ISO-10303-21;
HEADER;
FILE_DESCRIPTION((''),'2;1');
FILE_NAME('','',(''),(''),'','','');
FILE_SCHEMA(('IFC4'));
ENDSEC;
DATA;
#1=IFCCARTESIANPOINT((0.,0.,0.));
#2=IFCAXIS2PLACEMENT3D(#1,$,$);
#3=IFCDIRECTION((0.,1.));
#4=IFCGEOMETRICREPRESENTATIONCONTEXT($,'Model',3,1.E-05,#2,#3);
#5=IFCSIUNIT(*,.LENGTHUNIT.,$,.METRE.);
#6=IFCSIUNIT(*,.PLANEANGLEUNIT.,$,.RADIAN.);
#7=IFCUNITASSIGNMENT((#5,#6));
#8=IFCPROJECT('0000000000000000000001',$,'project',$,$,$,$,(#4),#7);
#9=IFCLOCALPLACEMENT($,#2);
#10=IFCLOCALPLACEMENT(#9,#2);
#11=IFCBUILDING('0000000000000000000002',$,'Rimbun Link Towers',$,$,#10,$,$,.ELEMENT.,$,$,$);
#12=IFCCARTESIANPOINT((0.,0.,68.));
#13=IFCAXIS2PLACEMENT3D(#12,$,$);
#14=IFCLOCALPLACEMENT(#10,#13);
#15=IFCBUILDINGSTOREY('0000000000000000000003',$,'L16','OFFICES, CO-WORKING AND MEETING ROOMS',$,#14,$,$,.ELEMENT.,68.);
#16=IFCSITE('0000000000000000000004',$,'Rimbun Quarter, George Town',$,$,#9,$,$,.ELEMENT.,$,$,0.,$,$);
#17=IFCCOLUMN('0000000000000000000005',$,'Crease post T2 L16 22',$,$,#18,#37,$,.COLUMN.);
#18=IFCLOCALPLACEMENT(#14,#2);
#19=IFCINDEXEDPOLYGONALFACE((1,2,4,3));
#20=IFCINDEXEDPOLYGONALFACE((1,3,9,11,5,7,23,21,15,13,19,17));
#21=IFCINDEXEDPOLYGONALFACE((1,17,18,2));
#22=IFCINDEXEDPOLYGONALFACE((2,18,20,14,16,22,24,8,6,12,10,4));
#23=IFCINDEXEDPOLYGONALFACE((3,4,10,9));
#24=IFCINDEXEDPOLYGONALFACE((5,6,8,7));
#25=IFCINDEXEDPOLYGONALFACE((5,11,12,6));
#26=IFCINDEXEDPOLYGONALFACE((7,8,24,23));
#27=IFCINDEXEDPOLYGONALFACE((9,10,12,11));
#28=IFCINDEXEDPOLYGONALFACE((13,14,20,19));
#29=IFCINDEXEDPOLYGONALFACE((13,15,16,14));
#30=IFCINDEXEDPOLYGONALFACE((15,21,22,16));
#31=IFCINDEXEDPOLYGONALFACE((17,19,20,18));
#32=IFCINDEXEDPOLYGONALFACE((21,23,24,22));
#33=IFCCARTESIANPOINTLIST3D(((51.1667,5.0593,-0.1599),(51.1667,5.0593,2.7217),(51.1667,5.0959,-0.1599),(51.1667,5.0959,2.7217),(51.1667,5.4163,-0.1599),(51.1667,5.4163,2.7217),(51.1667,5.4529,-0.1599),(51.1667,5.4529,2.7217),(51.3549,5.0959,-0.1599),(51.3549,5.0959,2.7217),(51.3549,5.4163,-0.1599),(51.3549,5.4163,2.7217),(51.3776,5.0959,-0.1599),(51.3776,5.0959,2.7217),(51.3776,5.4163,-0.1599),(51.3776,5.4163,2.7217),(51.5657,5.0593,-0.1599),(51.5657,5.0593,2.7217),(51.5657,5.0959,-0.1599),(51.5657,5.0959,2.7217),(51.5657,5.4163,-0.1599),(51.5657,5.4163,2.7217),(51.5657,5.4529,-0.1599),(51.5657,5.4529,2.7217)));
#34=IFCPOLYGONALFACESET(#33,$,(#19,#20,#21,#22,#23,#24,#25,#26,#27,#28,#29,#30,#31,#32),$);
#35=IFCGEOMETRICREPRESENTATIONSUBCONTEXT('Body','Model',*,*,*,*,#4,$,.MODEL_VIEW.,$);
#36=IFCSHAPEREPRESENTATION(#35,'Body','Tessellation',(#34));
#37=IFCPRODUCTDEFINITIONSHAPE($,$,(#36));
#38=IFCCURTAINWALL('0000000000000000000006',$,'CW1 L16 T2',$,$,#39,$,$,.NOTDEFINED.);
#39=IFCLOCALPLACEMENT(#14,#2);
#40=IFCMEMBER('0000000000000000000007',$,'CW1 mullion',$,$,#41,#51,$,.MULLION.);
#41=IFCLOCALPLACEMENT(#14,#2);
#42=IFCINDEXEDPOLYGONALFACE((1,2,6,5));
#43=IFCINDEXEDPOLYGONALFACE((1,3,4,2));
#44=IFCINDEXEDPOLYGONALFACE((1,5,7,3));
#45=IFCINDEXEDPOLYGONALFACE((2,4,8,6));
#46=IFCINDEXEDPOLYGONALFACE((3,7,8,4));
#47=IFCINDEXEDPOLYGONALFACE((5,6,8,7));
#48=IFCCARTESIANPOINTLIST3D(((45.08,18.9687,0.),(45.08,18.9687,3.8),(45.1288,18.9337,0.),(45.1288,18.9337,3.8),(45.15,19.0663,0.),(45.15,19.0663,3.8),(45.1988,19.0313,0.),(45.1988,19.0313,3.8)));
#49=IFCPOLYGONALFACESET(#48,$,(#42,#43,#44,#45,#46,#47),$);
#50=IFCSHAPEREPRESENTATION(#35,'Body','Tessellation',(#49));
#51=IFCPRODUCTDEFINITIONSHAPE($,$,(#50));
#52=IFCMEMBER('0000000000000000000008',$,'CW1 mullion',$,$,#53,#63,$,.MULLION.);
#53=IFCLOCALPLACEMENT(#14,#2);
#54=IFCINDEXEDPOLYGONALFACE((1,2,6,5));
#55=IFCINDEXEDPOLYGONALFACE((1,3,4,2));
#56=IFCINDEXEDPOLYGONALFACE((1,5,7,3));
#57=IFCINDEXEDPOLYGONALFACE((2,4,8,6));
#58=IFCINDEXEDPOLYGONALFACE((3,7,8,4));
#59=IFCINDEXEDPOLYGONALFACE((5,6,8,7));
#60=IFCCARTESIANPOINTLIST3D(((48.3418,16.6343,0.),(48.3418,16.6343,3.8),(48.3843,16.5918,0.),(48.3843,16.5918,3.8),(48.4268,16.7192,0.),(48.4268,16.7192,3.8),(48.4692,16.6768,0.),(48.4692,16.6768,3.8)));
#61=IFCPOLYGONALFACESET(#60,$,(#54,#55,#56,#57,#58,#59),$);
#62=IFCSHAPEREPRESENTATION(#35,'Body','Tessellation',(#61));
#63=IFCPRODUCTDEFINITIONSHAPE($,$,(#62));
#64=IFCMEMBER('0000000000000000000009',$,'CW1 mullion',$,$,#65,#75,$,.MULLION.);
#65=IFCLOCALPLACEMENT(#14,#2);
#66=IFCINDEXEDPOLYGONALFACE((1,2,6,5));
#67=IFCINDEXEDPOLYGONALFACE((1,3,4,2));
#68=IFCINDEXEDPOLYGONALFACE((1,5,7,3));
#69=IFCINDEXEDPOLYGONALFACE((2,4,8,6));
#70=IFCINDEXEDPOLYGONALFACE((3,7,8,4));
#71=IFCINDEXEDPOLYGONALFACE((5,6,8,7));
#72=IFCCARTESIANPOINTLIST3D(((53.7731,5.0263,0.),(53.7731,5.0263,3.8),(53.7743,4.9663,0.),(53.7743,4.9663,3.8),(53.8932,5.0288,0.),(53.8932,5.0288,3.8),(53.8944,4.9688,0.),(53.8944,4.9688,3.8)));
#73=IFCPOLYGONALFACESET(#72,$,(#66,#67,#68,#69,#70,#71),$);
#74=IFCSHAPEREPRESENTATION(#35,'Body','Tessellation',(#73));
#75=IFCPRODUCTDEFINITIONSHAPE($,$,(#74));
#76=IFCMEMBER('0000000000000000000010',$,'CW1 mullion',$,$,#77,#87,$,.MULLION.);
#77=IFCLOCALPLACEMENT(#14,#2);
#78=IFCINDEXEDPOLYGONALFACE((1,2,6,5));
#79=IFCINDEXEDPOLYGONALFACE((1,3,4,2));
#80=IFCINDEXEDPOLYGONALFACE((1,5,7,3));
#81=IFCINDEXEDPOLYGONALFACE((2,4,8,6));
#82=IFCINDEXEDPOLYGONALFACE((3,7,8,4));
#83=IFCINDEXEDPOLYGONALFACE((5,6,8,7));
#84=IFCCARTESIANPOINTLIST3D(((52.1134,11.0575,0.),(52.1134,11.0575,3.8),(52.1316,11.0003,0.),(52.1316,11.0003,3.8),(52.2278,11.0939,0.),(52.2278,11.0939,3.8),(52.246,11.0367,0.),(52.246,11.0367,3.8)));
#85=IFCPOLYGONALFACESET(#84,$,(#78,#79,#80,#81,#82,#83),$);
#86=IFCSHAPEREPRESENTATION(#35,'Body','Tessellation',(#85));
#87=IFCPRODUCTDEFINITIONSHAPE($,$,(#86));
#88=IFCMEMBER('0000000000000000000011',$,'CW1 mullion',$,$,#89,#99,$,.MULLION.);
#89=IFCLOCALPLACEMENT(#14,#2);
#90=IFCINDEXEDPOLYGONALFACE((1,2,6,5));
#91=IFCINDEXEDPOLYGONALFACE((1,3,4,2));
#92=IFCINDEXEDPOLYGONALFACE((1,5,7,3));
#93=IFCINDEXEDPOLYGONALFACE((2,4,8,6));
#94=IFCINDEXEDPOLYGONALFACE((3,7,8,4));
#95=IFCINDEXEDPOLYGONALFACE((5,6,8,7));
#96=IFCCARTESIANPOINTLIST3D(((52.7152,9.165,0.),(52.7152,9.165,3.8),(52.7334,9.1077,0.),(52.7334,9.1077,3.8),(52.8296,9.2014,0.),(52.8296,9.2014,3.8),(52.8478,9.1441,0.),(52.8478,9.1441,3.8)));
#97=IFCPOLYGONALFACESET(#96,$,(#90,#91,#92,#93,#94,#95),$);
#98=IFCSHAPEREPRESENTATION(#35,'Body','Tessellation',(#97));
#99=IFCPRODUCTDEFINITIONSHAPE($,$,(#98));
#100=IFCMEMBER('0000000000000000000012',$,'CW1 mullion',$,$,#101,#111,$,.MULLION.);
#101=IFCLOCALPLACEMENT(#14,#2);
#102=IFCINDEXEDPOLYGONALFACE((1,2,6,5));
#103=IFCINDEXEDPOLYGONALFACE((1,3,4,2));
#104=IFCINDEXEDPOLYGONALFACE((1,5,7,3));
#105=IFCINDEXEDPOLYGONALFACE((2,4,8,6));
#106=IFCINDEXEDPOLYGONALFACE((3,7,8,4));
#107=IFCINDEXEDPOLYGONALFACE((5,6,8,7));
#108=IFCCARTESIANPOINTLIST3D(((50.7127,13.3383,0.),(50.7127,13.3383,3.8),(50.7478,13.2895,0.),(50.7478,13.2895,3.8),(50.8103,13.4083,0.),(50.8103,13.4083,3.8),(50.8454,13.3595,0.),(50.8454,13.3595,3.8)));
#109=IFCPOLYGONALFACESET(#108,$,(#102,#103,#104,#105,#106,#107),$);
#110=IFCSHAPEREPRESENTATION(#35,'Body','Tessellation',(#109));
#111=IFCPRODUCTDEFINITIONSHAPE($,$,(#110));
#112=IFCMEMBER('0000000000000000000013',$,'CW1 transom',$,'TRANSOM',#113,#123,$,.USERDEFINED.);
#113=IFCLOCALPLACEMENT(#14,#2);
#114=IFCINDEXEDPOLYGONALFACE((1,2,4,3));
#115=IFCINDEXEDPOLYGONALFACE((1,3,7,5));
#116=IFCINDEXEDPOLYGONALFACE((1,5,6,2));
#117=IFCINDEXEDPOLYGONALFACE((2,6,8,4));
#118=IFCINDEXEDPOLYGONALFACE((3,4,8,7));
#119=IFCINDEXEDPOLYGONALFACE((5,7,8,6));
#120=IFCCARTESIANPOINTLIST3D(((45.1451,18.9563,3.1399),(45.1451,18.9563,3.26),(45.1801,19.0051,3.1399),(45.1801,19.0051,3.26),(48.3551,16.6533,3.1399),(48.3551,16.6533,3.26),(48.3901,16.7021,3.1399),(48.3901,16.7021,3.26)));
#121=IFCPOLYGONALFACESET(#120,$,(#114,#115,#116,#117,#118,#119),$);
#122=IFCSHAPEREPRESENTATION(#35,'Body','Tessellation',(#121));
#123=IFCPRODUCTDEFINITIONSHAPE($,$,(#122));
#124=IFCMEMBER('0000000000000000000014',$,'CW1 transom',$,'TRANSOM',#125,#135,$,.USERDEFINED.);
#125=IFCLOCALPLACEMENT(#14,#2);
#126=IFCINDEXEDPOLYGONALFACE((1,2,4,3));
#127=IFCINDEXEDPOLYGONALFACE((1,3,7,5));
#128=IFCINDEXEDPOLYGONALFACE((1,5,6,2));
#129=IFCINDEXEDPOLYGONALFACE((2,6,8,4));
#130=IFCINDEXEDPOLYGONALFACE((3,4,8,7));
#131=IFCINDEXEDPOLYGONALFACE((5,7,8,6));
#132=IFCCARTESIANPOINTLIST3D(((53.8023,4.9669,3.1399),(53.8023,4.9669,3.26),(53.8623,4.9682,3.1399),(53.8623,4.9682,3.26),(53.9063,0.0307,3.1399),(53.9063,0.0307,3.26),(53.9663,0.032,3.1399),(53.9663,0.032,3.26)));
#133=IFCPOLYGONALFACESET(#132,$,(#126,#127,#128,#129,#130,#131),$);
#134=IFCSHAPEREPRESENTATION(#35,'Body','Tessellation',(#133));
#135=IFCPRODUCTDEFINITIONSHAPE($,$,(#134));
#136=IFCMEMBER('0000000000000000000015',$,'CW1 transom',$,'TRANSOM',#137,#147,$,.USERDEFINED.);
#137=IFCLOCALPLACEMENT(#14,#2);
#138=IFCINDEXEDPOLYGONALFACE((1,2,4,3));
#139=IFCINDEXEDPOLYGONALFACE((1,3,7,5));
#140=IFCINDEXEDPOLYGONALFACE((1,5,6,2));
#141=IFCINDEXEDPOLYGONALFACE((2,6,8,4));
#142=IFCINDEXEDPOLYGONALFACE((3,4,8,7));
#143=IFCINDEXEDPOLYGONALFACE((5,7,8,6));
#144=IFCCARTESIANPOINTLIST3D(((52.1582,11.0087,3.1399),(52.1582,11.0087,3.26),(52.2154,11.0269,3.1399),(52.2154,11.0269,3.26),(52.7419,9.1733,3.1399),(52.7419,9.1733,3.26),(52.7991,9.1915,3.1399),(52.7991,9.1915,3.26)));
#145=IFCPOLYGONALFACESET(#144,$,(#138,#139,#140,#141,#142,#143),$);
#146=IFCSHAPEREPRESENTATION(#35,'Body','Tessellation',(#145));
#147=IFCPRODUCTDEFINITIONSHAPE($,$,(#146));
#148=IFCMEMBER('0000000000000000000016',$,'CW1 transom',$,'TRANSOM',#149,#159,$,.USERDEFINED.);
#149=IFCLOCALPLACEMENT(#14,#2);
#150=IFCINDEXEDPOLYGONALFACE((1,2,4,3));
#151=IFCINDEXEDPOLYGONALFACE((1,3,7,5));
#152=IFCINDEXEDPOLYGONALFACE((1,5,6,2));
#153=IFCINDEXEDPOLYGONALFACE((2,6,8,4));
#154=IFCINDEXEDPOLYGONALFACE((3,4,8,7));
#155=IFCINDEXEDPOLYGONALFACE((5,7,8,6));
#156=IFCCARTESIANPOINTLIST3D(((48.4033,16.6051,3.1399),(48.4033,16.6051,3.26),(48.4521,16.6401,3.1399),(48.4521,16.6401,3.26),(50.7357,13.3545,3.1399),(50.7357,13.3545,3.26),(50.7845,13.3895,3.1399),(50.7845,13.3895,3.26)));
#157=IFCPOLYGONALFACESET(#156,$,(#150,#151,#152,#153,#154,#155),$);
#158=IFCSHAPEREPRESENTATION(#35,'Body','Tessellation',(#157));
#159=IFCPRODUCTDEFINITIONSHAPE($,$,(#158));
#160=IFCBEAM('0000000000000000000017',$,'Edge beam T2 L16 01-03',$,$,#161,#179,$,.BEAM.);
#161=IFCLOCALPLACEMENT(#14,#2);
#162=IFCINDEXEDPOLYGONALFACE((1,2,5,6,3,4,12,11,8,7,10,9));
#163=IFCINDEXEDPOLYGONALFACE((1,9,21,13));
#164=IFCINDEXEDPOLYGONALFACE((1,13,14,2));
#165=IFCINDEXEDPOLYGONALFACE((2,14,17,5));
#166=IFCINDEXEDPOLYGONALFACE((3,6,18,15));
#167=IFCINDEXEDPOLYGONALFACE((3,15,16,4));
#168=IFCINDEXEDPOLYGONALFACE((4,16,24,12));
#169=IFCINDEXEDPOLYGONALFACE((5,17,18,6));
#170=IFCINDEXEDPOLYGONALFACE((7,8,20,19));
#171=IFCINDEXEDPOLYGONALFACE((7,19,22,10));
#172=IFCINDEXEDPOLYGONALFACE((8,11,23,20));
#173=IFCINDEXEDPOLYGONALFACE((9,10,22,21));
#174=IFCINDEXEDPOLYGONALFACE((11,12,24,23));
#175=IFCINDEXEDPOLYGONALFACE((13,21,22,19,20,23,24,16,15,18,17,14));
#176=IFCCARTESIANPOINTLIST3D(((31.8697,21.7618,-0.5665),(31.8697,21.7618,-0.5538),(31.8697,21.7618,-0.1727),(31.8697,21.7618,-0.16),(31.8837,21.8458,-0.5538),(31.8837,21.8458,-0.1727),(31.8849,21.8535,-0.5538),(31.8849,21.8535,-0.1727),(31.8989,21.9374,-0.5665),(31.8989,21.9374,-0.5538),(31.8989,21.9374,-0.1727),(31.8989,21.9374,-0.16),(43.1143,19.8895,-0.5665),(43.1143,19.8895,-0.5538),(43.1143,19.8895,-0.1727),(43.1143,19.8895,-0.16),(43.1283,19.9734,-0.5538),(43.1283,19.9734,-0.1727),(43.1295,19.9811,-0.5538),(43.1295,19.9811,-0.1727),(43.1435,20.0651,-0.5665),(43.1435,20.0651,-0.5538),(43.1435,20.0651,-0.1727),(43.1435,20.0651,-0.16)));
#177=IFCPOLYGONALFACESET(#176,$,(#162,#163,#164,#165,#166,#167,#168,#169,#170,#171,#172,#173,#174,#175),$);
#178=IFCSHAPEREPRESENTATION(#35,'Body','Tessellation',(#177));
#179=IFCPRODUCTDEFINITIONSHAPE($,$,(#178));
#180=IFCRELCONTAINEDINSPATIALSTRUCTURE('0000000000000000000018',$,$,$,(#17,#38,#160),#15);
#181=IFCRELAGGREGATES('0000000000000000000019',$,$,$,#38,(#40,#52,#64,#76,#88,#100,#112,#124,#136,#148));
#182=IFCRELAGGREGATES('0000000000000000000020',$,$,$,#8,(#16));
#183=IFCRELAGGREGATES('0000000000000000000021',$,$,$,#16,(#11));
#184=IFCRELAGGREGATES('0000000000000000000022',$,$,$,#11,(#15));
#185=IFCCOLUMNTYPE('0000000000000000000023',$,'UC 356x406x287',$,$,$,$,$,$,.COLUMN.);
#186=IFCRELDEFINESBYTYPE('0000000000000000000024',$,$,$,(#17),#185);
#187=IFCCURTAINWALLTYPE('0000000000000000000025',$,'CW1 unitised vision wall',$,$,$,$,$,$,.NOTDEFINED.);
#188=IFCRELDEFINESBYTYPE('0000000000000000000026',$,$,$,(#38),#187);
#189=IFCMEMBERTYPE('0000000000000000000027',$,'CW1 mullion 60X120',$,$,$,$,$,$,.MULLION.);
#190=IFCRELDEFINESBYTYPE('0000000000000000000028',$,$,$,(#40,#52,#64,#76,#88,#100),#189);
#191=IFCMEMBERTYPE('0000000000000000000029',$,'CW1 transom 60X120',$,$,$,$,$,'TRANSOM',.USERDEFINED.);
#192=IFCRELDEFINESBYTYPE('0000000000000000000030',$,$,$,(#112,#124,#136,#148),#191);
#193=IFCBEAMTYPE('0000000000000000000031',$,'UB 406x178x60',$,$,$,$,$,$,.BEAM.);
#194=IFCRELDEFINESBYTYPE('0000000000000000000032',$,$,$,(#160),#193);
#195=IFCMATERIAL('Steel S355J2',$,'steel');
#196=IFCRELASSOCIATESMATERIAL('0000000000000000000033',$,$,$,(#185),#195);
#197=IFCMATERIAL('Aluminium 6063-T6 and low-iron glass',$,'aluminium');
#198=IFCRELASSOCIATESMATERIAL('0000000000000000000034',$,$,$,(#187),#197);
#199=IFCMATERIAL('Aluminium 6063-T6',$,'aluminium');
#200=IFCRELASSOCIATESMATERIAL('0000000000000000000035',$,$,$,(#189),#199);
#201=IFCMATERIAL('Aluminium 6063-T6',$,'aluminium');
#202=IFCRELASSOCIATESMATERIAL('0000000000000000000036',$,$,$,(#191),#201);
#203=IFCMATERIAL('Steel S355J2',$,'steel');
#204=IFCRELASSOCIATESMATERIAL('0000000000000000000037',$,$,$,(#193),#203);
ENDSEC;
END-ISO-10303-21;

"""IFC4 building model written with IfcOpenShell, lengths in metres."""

from ifc_helpers import new_model, si_unit, direction, frame, origin, origin_2d, place, context, subcontext, project, spatial, rectangle, i_section, extrude, material, material_profile, profile_set, type_object, element, aggregate, save


model = new_model("IFC4")

# Units and contexts
model_context = context("Model", 3, precision=1e-05, world=origin(), true_north=direction((0.0, 1.0)))
body_context = subcontext(model_context, "Body", "Model", "MODEL_VIEW")
ifc_project = project(units=[si_unit("LENGTHUNIT", "METRE"), si_unit("PLANEANGLEUNIT", "RADIAN")], contexts=[model_context])

# Site, building, storey
site_placement = place(None, origin())
site = spatial("IfcSite", under=ifc_project, at=site_placement, Name="Rimbun Quarter, George Town", CompositionType="ELEMENT", RefElevation=0.0)
building_placement = place(site_placement, origin())
building = spatial("IfcBuilding", under=site, at=building_placement, Name="Rimbun Link Towers", CompositionType="ELEMENT")
storey_placement = place(building_placement, frame((0.0, 0.0, 68.0)))
storey = spatial("IfcBuildingStorey", under=building, at=storey_placement, Name="L16", Description="OFFICES, CO-WORKING AND MEETING ROOMS", CompositionType="ELEMENT", Elevation=68.0)

# Column
ifc_material_1 = material(Name="Steel S355J2", Category="steel")
ifc_material_profile_1 = material_profile(ifc_material_1, i_section(OverallWidth=0.3989, OverallDepth=0.3936, WebThickness=0.0227, FlangeThickness=0.0366, at=origin_2d()), Name="UC 356x406x287")
ifc_profile_set_1 = profile_set([ifc_material_profile_1], Name="Steel S355J2")
column_type = type_object("IfcColumnType", Name="UC 356x406x287", PredefinedType="COLUMN", material=ifc_profile_set_1)
column_placement = place(storey_placement, frame((51.3662, 5.2561, -0.1599), z_axis=(0.0, 0.0, 1.0), x_axis=(1.0, 0.0, 0.0)))
element("IfcColumn", 1, at=column_placement, inside=storey, type_object=column_type, Name="Crease post T2 L16 22", PredefinedType="COLUMN", context=body_context, shape_type="SweptSolid", body=[
    extrude(i_section(OverallWidth=0.3989, OverallDepth=0.3936, WebThickness=0.0227, FlangeThickness=0.0366, at=origin_2d()), origin(), (0.0, 0.0, 1.0), 2.8816),
])

# Curtain wall, members
ifc_material_2 = material(Name="Aluminium 6063-T6 and low-iron glass", Category="aluminium")
curtain_wall_type = type_object("IfcCurtainWallType", Name="CW1 unitised vision wall", PredefinedType="NOTDEFINED", material=ifc_material_2)
curtain_wall_placement = place(storey_placement, origin())
curtain_wall = element("IfcCurtainWall", 2, at=curtain_wall_placement, inside=storey, type_object=curtain_wall_type, Name="CW1 L16 T2", PredefinedType="NOTDEFINED")
ifc_material_3 = material(Name="Aluminium 6063-T6", Category="aluminium")
ifc_material_profile_2 = material_profile(ifc_material_3, rectangle(XDim=0.1201, YDim=0.0601, at=origin_2d()), Name="MULLION 60X120")
ifc_profile_set_2 = profile_set([ifc_material_profile_2], Name="Aluminium 6063-T6")
member_type_1 = type_object("IfcMemberType", Name="CW1 mullion 60X120", PredefinedType="MULLION", material=ifc_profile_set_2)
member_1_placement = place(storey_placement, frame((45.1394, 19.0, 0.0), z_axis=(0.0, 0.0, 1.0), x_axis=(0.583002, 0.812471, 0.0)))
member_1 = element("IfcMember", 3, at=member_1_placement, type_object=member_type_1, Name="CW1 mullion", PredefinedType="MULLION", context=body_context, shape_type="SweptSolid", body=[
    extrude(rectangle(XDim=0.1201, YDim=0.0601, at=origin_2d()), origin(), (0.0, 0.0, 1.0), 3.8),
])
member_2_placement = place(storey_placement, frame((48.4055, 16.6555, 0.0), z_axis=(0.0, 0.0, 1.0), x_axis=(0.707107, 0.707107, 0.0)))
member_2 = element("IfcMember", 4, at=member_2_placement, type_object=member_type_1, Name="CW1 mullion", PredefinedType="MULLION", context=body_context, shape_type="SweptSolid", body=[
    extrude(rectangle(XDim=0.1201, YDim=0.0601, at=origin_2d()), origin(), (0.0, 0.0, 1.0), 3.8),
])
member_3_placement = place(storey_placement, frame((53.8337, 4.9976, 0.0), z_axis=(0.0, 0.0, 1.0), x_axis=(0.999778, 0.02106, 0.0)))
member_3 = element("IfcMember", 5, at=member_3_placement, type_object=member_type_1, Name="CW1 mullion", PredefinedType="MULLION", context=body_context, shape_type="SweptSolid", body=[
    extrude(rectangle(XDim=0.1201, YDim=0.0601, at=origin_2d()), origin(), (0.0, 0.0, 1.0), 3.8),
])
member_4_placement = place(storey_placement, frame((52.1797, 11.0471, 0.0), z_axis=(0.0, 0.0, 1.0), x_axis=(0.95297, 0.303066, 0.0)))
member_4 = element("IfcMember", 6, at=member_4_placement, type_object=member_type_1, Name="CW1 mullion", PredefinedType="MULLION", context=body_context, shape_type="SweptSolid", body=[
    extrude(rectangle(XDim=0.1201, YDim=0.0601, at=origin_2d()), origin(), (0.0, 0.0, 1.0), 3.8),
])
member_5_placement = place(storey_placement, frame((52.7815, 9.1545, 0.0), z_axis=(0.0, 0.0, 1.0), x_axis=(0.95297, 0.303066, 0.0)))
member_5 = element("IfcMember", 7, at=member_5_placement, type_object=member_type_1, Name="CW1 mullion", PredefinedType="MULLION", context=body_context, shape_type="SweptSolid", body=[
    extrude(rectangle(XDim=0.1201, YDim=0.0601, at=origin_2d()), origin(), (0.0, 0.0, 1.0), 3.8),
])
member_6_placement = place(storey_placement, frame((50.7791, 13.3489, 0.0), z_axis=(0.0, 0.0, 1.0), x_axis=(0.812471, 0.583002, 0.0)))
member_6 = element("IfcMember", 8, at=member_6_placement, type_object=member_type_1, Name="CW1 mullion", PredefinedType="MULLION", context=body_context, shape_type="SweptSolid", body=[
    extrude(rectangle(XDim=0.1201, YDim=0.0601, at=origin_2d()), origin(), (0.0, 0.0, 1.0), 3.8),
])
ifc_material_4 = material(Name="Aluminium 6063-T6", Category="aluminium")
ifc_material_profile_3 = material_profile(ifc_material_4, rectangle(XDim=0.0601, YDim=0.1201, at=origin_2d()), Name="TRANSOM 60X120")
ifc_profile_set_3 = profile_set([ifc_material_profile_3], Name="Aluminium 6063-T6")
member_type_2 = type_object("IfcMemberType", Name="CW1 transom 60X120", ElementType="TRANSOM", PredefinedType="USERDEFINED", material=ifc_profile_set_3)
member_7_placement = place(storey_placement, frame((45.1626, 18.9807, 3.2), z_axis=(0.812517, -0.582938, 0.0), x_axis=(0.582938, 0.812517, 0.0)))
member_7 = element("IfcMember", 9, at=member_7_placement, type_object=member_type_2, Name="CW1 transom", ObjectType="TRANSOM", PredefinedType="USERDEFINED", context=body_context, shape_type="SweptSolid", body=[
    extrude(rectangle(XDim=0.0601, YDim=0.1201, at=origin_2d()), origin(), (0.0, 0.0, 1.0), 3.9507),
])
member_8_placement = place(storey_placement, frame((53.8323, 4.9675, 3.2), z_axis=(0.021065, -0.999778, 0.0), x_axis=(0.999778, 0.021065, 0.0)))
member_8 = element("IfcMember", 10, at=member_8_placement, type_object=member_type_2, Name="CW1 transom", ObjectType="TRANSOM", PredefinedType="USERDEFINED", context=body_context, shape_type="SweptSolid", body=[
    extrude(rectangle(XDim=0.0601, YDim=0.1201, at=origin_2d()), origin(), (0.0, 0.0, 1.0), 4.9373),
])
member_9_placement = place(storey_placement, frame((52.1868, 11.0178, 3.2), z_axis=(0.303078, -0.952966, 0.0), x_axis=(0.952966, 0.303078, 0.0)))
member_9 = element("IfcMember", 11, at=member_9_placement, type_object=member_type_2, Name="CW1 transom", ObjectType="TRANSOM", PredefinedType="USERDEFINED", context=body_context, shape_type="SweptSolid", body=[
    extrude(rectangle(XDim=0.0601, YDim=0.1201, at=origin_2d()), origin(), (0.0, 0.0, 1.0), 1.926),
])
member_10_placement = place(storey_placement, frame((48.4277, 16.6226, 3.2), z_axis=(0.582974, -0.81249, 0.0), x_axis=(0.81249, 0.582974, 0.0)))
member_10 = element("IfcMember", 12, at=member_10_placement, type_object=member_type_2, Name="CW1 transom", ObjectType="TRANSOM", PredefinedType="USERDEFINED", context=body_context, shape_type="SweptSolid", body=[
    extrude(rectangle(XDim=0.0601, YDim=0.1201, at=origin_2d()), origin(), (0.0, 0.0, 1.0), 4.0007),
])

# Beam
ifc_material_5 = material(Name="Steel S355J2", Category="steel")
ifc_material_profile_4 = material_profile(ifc_material_5, i_section(OverallWidth=0.178, OverallDepth=0.4065, WebThickness=0.0078, FlangeThickness=0.0127, at=origin_2d()), Name="UB 406x178x60")
ifc_profile_set_4 = profile_set([ifc_material_profile_4], Name="Steel S355J2")
beam_type_1 = type_object("IfcBeamType", Name="UB 406x178x60", PredefinedType="BEAM", material=ifc_profile_set_4)
beam_1_placement = place(storey_placement, frame((43.1289, 19.9773, -0.3633), z_axis=(-0.986419, 0.164246, 0.0), x_axis=(-0.164246, -0.986419, 0.0)))
element("IfcBeam", 13, at=beam_1_placement, inside=storey, type_object=beam_type_1, Name="Edge beam T2 L16 01-03", PredefinedType="BEAM", context=body_context, shape_type="SweptSolid", body=[
    extrude(i_section(OverallWidth=0.178, OverallDepth=0.4065, WebThickness=0.0078, FlangeThickness=0.0127, at=origin_2d()), origin(), (0.0, 0.0, 1.0), 11.3994),
])

aggregate(curtain_wall, [member_1, member_2, member_3, member_4, member_5, member_6, member_7, member_8, member_9, member_10])

save(model, "model.ifc")
